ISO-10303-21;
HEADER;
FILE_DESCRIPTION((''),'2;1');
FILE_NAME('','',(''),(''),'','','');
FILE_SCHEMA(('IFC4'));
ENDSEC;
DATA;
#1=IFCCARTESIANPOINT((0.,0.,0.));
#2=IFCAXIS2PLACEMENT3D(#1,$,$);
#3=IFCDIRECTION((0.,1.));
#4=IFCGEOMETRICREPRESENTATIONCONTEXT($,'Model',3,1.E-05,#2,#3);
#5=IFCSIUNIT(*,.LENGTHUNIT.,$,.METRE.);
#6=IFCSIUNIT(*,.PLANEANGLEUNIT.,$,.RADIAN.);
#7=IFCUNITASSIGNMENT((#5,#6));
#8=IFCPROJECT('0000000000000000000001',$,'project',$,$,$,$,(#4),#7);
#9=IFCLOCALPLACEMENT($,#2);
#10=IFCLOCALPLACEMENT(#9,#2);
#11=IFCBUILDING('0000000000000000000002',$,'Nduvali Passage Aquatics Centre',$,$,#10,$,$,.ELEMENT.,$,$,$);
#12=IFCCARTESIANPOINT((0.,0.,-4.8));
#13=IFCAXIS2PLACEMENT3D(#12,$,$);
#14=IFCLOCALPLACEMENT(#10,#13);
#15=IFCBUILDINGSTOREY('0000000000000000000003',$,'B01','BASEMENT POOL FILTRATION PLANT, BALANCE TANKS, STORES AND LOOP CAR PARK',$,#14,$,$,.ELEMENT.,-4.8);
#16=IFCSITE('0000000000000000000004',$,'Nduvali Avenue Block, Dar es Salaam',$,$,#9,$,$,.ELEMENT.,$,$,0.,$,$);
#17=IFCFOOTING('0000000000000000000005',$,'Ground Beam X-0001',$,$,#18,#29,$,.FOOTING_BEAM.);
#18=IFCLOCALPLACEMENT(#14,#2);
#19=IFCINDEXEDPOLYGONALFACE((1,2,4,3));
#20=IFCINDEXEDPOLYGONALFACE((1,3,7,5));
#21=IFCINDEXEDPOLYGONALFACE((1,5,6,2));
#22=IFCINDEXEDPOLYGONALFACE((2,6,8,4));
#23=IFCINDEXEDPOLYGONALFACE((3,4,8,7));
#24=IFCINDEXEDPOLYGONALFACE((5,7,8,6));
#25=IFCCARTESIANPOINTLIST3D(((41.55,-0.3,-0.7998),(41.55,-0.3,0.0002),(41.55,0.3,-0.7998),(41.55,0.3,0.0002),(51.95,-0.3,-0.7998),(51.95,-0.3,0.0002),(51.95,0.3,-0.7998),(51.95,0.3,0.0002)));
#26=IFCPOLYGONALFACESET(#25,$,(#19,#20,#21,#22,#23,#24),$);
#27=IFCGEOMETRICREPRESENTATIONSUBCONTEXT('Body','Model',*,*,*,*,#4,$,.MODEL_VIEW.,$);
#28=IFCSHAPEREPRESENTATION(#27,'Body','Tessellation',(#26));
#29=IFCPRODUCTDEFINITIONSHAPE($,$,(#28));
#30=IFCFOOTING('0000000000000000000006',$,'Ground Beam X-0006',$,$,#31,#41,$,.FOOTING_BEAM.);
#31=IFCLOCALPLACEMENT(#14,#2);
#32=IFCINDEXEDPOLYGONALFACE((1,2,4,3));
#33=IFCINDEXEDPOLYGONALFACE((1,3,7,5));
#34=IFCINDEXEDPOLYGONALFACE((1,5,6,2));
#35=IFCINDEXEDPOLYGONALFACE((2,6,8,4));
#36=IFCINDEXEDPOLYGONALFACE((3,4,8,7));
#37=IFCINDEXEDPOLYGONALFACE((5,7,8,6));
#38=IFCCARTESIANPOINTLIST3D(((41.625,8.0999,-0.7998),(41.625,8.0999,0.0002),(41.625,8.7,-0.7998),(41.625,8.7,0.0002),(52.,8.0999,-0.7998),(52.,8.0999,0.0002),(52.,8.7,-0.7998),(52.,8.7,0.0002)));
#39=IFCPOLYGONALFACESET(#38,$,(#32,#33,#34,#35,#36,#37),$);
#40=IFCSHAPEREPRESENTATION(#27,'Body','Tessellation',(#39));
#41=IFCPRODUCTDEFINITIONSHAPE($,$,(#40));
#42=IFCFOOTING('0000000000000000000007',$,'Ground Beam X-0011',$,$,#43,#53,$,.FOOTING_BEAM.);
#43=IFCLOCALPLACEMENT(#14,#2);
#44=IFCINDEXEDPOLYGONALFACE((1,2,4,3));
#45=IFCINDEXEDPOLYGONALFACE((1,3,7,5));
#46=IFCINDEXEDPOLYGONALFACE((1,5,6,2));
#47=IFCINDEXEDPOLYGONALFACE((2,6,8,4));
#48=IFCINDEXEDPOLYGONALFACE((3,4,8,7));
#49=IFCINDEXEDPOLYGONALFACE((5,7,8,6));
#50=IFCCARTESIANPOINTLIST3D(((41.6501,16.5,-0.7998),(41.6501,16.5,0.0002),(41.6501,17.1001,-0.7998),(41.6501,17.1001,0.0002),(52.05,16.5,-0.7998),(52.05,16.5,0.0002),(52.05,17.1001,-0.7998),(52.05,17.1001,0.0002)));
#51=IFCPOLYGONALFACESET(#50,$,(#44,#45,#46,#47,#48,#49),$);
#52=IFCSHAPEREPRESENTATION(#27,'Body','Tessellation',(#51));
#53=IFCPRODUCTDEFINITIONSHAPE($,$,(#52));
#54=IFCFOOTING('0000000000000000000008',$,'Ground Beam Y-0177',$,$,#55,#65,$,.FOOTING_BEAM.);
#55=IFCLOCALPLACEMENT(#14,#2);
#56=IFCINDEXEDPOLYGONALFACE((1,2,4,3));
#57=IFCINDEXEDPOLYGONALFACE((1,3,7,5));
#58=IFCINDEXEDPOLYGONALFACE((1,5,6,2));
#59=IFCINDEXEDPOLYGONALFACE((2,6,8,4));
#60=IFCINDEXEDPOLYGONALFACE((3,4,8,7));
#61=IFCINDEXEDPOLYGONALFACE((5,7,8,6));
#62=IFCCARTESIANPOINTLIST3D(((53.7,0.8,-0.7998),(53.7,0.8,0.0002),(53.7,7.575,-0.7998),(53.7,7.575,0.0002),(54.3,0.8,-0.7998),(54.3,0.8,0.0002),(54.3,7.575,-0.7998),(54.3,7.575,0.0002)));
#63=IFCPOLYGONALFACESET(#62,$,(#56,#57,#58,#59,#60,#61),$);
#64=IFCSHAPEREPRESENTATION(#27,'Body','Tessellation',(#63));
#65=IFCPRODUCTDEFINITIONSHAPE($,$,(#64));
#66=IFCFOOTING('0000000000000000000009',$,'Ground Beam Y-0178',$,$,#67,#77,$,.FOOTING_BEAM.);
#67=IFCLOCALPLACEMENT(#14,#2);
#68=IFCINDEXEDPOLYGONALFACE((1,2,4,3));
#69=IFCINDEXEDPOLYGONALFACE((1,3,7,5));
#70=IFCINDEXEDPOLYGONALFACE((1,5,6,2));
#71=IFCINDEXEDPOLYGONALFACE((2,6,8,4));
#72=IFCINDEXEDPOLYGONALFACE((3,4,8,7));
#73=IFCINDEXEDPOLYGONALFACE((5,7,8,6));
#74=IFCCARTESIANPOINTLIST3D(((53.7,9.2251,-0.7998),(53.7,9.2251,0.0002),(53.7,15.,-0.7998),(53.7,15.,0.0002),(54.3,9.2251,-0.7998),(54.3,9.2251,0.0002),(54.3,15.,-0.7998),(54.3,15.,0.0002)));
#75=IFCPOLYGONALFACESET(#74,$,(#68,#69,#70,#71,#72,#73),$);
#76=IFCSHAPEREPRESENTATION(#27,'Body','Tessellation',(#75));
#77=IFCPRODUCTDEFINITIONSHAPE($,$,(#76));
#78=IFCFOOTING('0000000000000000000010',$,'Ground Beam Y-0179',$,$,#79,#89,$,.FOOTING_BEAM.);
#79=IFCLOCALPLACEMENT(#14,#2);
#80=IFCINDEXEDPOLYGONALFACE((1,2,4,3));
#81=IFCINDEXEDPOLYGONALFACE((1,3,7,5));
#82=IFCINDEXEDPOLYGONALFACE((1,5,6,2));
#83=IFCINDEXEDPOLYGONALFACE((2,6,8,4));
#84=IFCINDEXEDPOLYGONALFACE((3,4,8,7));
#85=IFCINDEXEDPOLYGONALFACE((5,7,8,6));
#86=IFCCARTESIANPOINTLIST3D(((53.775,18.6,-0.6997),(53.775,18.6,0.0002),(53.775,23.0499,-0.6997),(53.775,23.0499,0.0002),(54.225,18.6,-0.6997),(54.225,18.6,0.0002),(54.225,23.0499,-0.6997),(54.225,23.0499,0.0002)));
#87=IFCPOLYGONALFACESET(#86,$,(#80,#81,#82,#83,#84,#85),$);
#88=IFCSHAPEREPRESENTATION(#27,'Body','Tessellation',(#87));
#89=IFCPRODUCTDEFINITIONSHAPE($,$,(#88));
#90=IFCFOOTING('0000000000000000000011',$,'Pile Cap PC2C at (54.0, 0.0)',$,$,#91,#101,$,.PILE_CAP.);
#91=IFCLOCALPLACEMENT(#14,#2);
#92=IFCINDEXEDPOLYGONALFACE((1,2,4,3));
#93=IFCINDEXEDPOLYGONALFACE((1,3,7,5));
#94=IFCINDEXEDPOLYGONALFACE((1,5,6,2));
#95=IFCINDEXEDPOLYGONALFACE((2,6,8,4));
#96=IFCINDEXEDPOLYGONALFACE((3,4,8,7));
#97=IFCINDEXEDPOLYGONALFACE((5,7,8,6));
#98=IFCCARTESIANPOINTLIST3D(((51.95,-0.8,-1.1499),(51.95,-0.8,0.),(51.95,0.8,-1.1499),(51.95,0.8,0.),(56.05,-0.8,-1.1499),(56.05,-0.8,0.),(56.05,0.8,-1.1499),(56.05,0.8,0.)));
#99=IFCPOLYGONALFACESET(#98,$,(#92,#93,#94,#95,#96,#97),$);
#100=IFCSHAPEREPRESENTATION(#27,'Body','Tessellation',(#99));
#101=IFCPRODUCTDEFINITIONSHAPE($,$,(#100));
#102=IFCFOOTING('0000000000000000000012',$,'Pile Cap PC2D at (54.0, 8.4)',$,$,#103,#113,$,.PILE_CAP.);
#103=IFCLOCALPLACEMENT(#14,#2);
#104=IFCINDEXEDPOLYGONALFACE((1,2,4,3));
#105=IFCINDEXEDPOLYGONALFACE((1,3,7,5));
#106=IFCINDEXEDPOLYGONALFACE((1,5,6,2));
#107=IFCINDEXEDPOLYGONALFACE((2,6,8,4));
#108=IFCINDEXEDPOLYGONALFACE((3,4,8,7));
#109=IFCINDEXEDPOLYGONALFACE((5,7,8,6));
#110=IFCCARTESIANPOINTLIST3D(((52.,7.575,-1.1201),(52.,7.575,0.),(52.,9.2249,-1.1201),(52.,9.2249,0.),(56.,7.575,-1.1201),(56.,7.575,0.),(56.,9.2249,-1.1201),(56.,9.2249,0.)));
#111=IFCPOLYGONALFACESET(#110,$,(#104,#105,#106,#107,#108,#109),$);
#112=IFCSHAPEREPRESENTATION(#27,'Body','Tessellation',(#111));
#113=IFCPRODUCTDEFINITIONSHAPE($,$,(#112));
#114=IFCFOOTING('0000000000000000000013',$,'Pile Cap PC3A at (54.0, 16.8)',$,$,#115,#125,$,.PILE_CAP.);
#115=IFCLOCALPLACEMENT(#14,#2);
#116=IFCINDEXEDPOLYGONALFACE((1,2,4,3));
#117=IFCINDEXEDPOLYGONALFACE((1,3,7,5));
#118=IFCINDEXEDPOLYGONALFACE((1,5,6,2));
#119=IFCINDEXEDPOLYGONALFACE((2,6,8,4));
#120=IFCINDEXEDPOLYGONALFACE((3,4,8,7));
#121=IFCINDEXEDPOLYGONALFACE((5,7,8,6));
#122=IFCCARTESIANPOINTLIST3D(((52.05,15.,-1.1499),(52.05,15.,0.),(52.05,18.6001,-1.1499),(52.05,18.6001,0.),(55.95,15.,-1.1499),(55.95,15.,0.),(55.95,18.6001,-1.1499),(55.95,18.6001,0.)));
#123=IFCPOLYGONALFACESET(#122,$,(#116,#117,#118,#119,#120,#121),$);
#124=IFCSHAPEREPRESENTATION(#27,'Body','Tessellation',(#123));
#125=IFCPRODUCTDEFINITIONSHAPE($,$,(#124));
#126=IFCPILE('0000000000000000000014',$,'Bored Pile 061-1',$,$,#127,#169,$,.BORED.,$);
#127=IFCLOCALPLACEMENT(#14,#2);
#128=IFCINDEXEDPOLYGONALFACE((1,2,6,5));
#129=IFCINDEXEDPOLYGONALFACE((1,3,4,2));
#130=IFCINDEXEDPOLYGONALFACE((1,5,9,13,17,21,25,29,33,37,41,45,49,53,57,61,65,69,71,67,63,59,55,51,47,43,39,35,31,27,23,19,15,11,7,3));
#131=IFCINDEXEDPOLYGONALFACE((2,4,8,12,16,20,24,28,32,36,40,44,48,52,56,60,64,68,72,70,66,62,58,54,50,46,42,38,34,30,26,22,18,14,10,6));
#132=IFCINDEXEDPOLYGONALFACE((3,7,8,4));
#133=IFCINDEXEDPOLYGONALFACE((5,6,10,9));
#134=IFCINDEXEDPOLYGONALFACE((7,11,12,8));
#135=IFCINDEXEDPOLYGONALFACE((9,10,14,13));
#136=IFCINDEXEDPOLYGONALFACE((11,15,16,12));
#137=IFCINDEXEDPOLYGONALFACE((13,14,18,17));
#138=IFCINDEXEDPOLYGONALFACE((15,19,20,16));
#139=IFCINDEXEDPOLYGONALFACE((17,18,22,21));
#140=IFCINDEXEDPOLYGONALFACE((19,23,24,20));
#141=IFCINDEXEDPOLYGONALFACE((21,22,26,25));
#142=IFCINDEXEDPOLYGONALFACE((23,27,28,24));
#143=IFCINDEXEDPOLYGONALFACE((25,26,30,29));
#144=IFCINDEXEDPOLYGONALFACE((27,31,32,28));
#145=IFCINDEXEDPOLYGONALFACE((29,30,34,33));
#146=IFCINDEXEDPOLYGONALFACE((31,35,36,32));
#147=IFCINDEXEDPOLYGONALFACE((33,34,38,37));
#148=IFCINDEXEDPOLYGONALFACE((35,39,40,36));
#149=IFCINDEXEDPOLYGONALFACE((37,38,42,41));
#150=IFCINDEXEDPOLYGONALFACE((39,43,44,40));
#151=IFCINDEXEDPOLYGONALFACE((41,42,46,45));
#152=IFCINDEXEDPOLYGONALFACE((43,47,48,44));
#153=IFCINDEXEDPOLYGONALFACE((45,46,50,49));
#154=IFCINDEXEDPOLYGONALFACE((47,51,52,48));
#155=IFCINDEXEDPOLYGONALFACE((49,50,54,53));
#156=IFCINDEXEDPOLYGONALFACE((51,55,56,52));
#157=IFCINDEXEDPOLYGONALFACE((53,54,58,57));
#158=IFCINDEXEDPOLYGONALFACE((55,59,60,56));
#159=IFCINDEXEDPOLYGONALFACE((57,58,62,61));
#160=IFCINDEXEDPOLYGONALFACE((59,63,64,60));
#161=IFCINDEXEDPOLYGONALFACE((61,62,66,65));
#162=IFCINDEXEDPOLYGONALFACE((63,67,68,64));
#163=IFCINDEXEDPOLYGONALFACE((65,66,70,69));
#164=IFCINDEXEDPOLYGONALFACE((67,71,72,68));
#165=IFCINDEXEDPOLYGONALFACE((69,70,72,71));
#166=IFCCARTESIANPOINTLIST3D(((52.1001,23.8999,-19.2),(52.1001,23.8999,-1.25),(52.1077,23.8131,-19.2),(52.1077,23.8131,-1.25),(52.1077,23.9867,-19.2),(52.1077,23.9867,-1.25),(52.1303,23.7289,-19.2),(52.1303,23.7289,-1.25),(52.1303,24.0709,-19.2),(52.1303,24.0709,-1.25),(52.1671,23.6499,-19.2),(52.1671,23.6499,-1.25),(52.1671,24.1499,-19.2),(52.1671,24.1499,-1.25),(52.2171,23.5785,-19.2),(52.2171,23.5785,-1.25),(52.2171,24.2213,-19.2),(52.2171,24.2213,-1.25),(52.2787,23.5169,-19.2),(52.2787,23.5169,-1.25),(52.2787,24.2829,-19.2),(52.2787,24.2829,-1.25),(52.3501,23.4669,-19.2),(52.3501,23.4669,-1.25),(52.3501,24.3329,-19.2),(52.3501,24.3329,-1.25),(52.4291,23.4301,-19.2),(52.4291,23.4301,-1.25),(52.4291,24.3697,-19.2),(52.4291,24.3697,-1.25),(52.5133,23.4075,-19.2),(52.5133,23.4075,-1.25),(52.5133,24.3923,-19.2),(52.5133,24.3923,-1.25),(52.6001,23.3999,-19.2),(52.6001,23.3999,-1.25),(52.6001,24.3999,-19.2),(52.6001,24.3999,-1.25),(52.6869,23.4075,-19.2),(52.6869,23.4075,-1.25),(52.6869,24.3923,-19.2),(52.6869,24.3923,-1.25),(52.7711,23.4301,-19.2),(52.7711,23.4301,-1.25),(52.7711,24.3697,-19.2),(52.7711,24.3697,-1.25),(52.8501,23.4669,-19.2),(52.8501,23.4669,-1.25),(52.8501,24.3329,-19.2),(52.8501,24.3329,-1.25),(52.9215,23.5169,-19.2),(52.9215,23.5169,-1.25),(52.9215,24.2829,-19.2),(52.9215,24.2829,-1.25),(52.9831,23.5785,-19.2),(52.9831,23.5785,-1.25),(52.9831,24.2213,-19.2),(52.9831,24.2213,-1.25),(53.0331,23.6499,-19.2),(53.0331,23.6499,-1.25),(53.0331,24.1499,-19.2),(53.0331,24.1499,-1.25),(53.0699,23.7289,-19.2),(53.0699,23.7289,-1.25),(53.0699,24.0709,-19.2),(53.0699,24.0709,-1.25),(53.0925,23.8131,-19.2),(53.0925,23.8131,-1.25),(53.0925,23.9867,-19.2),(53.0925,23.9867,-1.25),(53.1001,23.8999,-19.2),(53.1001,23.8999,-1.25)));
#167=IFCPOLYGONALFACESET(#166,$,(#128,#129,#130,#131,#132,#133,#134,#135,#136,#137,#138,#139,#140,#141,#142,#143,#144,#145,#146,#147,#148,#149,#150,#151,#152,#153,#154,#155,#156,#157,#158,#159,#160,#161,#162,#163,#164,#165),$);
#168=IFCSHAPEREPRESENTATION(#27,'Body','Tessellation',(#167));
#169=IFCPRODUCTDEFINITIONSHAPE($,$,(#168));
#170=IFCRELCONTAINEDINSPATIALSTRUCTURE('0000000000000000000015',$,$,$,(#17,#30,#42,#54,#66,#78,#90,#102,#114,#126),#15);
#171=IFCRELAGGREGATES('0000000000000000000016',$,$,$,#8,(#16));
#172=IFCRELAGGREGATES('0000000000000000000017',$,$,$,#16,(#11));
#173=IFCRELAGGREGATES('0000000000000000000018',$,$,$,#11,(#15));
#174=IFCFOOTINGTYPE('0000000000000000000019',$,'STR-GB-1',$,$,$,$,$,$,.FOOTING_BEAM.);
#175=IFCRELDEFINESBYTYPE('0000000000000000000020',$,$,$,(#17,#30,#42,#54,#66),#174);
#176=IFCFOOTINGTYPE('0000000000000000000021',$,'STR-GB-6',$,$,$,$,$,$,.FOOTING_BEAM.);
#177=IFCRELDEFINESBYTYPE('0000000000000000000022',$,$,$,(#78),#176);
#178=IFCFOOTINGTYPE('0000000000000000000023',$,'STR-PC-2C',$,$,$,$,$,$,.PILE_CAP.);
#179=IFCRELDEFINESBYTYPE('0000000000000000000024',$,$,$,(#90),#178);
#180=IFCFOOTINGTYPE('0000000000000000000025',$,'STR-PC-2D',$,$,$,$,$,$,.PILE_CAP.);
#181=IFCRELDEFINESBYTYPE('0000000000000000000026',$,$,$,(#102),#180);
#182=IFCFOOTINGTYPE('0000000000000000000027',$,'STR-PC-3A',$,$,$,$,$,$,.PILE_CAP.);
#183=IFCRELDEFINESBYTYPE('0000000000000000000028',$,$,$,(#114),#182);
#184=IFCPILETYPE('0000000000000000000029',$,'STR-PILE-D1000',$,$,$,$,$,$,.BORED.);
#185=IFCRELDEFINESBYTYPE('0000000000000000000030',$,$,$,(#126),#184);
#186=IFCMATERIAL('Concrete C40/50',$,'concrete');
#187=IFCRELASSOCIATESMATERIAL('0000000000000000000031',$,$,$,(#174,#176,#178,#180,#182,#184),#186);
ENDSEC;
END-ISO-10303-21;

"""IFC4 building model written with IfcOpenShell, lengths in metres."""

from ifc_helpers import new_model, si_unit, direction, frame, origin, origin_2d, place, context, subcontext, project, spatial, rectangle, circle, extrude, material, material_profile, profile_set, type_object, element, save


model = new_model("IFC4")

# Units and contexts
model_context = context("Model", 3, precision=1e-05, world=origin(), true_north=direction((0.0, 1.0)))
body_context = subcontext(model_context, "Body", "Model", "MODEL_VIEW")
ifc_project = project(units=[si_unit("LENGTHUNIT", "METRE"), si_unit("PLANEANGLEUNIT", "RADIAN")], contexts=[model_context])

# Site, building, storey
site_placement = place(None, origin())
site = spatial("IfcSite", under=ifc_project, at=site_placement, Name="Nduvali Avenue Block, Dar es Salaam", CompositionType="ELEMENT", RefElevation=0.0)
building_placement = place(site_placement, origin())
building = spatial("IfcBuilding", under=site, at=building_placement, Name="Nduvali Passage Aquatics Centre", CompositionType="ELEMENT")
storey_placement = place(building_placement, frame((0.0, 0.0, -4.8)))
storey = spatial("IfcBuildingStorey", under=building, at=storey_placement, Name="B01", Description="BASEMENT POOL FILTRATION PLANT, BALANCE TANKS, STORES AND LOOP CAR PARK", CompositionType="ELEMENT", Elevation=-4.8)

# Footings
ifc_material = material(Name="Concrete C40/50", Category="concrete")
footing_type_1 = type_object("IfcFootingType", Name="STR-GB-1", PredefinedType="FOOTING_BEAM", material=ifc_material)
footing_1_placement = place(storey_placement, frame((46.75, 0.0, -0.7998), z_axis=(0.0, 0.0, 1.0), x_axis=(1.0, 0.0, 0.0)))
element("IfcFooting", 1, at=footing_1_placement, inside=storey, type_object=footing_type_1, Name="Ground Beam X-0001", PredefinedType="FOOTING_BEAM", context=body_context, shape_type="SweptSolid", body=[
    extrude(rectangle(XDim=10.3999, YDim=0.6001, at=origin_2d()), origin(), (0.0, 0.0, 1.0), 0.8),
])
footing_2_placement = place(storey_placement, frame((46.8125, 8.3999, -0.7998), z_axis=(0.0, 0.0, 1.0), x_axis=(1.0, 0.0, 0.0)))
element("IfcFooting", 2, at=footing_2_placement, inside=storey, type_object=footing_type_1, Name="Ground Beam X-0006", PredefinedType="FOOTING_BEAM", context=body_context, shape_type="SweptSolid", body=[
    extrude(rectangle(XDim=10.375, YDim=0.6001, at=origin_2d()), origin(), (0.0, 0.0, 1.0), 0.8),
])
footing_3_placement = place(storey_placement, frame((46.8501, 16.8, -0.7998), z_axis=(0.0, 0.0, 1.0), x_axis=(1.0, 0.0, 0.0)))
element("IfcFooting", 3, at=footing_3_placement, inside=storey, type_object=footing_type_1, Name="Ground Beam X-0011", PredefinedType="FOOTING_BEAM", context=body_context, shape_type="SweptSolid", body=[
    extrude(rectangle(XDim=10.3999, YDim=0.6001, at=origin_2d()), origin(), (0.0, 0.0, 1.0), 0.8),
])
footing_4_placement = place(storey_placement, frame((54.0, 4.1875, -0.7998), z_axis=(0.0, 0.0, 1.0), x_axis=(0.0, 1.0, 0.0)))
element("IfcFooting", 4, at=footing_4_placement, inside=storey, type_object=footing_type_1, Name="Ground Beam Y-0177", PredefinedType="FOOTING_BEAM", context=body_context, shape_type="SweptSolid", body=[
    extrude(rectangle(XDim=6.7749, YDim=0.6001, at=origin_2d()), origin(), (0.0, 0.0, 1.0), 0.8),
])
footing_5_placement = place(storey_placement, frame((54.0, 12.1125, -0.7998), z_axis=(0.0, 0.0, 1.0), x_axis=(0.0, 1.0, 0.0)))
element("IfcFooting", 5, at=footing_5_placement, inside=storey, type_object=footing_type_1, Name="Ground Beam Y-0178", PredefinedType="FOOTING_BEAM", context=body_context, shape_type="SweptSolid", body=[
    extrude(rectangle(XDim=5.7749, YDim=0.6001, at=origin_2d()), origin(), (0.0, 0.0, 1.0), 0.8),
])
footing_type_2 = type_object("IfcFootingType", Name="STR-GB-6", PredefinedType="FOOTING_BEAM", material=ifc_material)
footing_6_placement = place(storey_placement, frame((54.0, 20.825, -0.6997), z_axis=(0.0, 0.0, 1.0), x_axis=(0.0, 1.0, 0.0)))
element("IfcFooting", 6, at=footing_6_placement, inside=storey, type_object=footing_type_2, Name="Ground Beam Y-0179", PredefinedType="FOOTING_BEAM", context=body_context, shape_type="SweptSolid", body=[
    extrude(rectangle(XDim=4.45, YDim=0.45, at=origin_2d()), origin(), (0.0, 0.0, 1.0), 0.7),
])
footing_type_3 = type_object("IfcFootingType", Name="STR-PC-2C", PredefinedType="PILE_CAP", material=ifc_material)
footing_7_placement = place(storey_placement, frame((54.0, 0.0, -1.1499), z_axis=(0.0, 0.0, 1.0), x_axis=(1.0, 0.0, 0.0)))
element("IfcFooting", 7, at=footing_7_placement, inside=storey, type_object=footing_type_3, Name="Pile Cap PC2C at (54.0, 0.0)", PredefinedType="PILE_CAP", context=body_context, shape_type="SweptSolid", body=[
    extrude(rectangle(XDim=4.1001, YDim=1.6001, at=origin_2d()), origin(), (0.0, 0.0, 1.0), 1.1499),
])
footing_type_4 = type_object("IfcFootingType", Name="STR-PC-2D", PredefinedType="PILE_CAP", material=ifc_material)
footing_8_placement = place(storey_placement, frame((54.0, 8.3999, -1.1201), z_axis=(0.0, 0.0, 1.0), x_axis=(1.0, 0.0, 0.0)))
element("IfcFooting", 8, at=footing_8_placement, inside=storey, type_object=footing_type_4, Name="Pile Cap PC2D at (54.0, 8.4)", PredefinedType="PILE_CAP", context=body_context, shape_type="SweptSolid", body=[
    extrude(rectangle(XDim=4.0, YDim=1.6499, at=origin_2d()), origin(), (0.0, 0.0, 1.0), 1.1201),
])
footing_type_5 = type_object("IfcFootingType", Name="STR-PC-3A", PredefinedType="PILE_CAP", material=ifc_material)
footing_9_placement = place(storey_placement, frame((54.0, 16.8, -1.1499), z_axis=(0.0, 0.0, 1.0), x_axis=(1.0, 0.0, 0.0)))
element("IfcFooting", 9, at=footing_9_placement, inside=storey, type_object=footing_type_5, Name="Pile Cap PC3A at (54.0, 16.8)", PredefinedType="PILE_CAP", context=body_context, shape_type="SweptSolid", body=[
    extrude(rectangle(XDim=3.8999, YDim=3.6001, at=origin_2d()), origin(), (0.0, 0.0, 1.0), 1.1499),
])

# Pile
ifc_material_profile_1 = material_profile(ifc_material, circle(Radius=0.5, at=origin_2d()), Name="PILE D1000")
ifc_profile_set_1 = profile_set([ifc_material_profile_1], Name="Concrete C40/50")
pile_type_1 = type_object("IfcPileType", Name="STR-PILE-D1000", PredefinedType="BORED", material=ifc_profile_set_1)
pile_1_placement = place(storey_placement, frame((52.6001, 23.8999, -1.25), z_axis=(0.0, 0.0, -1.0), x_axis=(1.0, 0.0, 0.0)))
element("IfcPile", 10, at=pile_1_placement, inside=storey, type_object=pile_type_1, Name="Bored Pile 061-1", PredefinedType="BORED", context=body_context, shape_type="SweptSolid", body=[
    extrude(circle(Radius=0.5, at=origin_2d()), origin(), (0.0, 0.0, 1.0), 17.95),
])

save(model, "model.ifc")
